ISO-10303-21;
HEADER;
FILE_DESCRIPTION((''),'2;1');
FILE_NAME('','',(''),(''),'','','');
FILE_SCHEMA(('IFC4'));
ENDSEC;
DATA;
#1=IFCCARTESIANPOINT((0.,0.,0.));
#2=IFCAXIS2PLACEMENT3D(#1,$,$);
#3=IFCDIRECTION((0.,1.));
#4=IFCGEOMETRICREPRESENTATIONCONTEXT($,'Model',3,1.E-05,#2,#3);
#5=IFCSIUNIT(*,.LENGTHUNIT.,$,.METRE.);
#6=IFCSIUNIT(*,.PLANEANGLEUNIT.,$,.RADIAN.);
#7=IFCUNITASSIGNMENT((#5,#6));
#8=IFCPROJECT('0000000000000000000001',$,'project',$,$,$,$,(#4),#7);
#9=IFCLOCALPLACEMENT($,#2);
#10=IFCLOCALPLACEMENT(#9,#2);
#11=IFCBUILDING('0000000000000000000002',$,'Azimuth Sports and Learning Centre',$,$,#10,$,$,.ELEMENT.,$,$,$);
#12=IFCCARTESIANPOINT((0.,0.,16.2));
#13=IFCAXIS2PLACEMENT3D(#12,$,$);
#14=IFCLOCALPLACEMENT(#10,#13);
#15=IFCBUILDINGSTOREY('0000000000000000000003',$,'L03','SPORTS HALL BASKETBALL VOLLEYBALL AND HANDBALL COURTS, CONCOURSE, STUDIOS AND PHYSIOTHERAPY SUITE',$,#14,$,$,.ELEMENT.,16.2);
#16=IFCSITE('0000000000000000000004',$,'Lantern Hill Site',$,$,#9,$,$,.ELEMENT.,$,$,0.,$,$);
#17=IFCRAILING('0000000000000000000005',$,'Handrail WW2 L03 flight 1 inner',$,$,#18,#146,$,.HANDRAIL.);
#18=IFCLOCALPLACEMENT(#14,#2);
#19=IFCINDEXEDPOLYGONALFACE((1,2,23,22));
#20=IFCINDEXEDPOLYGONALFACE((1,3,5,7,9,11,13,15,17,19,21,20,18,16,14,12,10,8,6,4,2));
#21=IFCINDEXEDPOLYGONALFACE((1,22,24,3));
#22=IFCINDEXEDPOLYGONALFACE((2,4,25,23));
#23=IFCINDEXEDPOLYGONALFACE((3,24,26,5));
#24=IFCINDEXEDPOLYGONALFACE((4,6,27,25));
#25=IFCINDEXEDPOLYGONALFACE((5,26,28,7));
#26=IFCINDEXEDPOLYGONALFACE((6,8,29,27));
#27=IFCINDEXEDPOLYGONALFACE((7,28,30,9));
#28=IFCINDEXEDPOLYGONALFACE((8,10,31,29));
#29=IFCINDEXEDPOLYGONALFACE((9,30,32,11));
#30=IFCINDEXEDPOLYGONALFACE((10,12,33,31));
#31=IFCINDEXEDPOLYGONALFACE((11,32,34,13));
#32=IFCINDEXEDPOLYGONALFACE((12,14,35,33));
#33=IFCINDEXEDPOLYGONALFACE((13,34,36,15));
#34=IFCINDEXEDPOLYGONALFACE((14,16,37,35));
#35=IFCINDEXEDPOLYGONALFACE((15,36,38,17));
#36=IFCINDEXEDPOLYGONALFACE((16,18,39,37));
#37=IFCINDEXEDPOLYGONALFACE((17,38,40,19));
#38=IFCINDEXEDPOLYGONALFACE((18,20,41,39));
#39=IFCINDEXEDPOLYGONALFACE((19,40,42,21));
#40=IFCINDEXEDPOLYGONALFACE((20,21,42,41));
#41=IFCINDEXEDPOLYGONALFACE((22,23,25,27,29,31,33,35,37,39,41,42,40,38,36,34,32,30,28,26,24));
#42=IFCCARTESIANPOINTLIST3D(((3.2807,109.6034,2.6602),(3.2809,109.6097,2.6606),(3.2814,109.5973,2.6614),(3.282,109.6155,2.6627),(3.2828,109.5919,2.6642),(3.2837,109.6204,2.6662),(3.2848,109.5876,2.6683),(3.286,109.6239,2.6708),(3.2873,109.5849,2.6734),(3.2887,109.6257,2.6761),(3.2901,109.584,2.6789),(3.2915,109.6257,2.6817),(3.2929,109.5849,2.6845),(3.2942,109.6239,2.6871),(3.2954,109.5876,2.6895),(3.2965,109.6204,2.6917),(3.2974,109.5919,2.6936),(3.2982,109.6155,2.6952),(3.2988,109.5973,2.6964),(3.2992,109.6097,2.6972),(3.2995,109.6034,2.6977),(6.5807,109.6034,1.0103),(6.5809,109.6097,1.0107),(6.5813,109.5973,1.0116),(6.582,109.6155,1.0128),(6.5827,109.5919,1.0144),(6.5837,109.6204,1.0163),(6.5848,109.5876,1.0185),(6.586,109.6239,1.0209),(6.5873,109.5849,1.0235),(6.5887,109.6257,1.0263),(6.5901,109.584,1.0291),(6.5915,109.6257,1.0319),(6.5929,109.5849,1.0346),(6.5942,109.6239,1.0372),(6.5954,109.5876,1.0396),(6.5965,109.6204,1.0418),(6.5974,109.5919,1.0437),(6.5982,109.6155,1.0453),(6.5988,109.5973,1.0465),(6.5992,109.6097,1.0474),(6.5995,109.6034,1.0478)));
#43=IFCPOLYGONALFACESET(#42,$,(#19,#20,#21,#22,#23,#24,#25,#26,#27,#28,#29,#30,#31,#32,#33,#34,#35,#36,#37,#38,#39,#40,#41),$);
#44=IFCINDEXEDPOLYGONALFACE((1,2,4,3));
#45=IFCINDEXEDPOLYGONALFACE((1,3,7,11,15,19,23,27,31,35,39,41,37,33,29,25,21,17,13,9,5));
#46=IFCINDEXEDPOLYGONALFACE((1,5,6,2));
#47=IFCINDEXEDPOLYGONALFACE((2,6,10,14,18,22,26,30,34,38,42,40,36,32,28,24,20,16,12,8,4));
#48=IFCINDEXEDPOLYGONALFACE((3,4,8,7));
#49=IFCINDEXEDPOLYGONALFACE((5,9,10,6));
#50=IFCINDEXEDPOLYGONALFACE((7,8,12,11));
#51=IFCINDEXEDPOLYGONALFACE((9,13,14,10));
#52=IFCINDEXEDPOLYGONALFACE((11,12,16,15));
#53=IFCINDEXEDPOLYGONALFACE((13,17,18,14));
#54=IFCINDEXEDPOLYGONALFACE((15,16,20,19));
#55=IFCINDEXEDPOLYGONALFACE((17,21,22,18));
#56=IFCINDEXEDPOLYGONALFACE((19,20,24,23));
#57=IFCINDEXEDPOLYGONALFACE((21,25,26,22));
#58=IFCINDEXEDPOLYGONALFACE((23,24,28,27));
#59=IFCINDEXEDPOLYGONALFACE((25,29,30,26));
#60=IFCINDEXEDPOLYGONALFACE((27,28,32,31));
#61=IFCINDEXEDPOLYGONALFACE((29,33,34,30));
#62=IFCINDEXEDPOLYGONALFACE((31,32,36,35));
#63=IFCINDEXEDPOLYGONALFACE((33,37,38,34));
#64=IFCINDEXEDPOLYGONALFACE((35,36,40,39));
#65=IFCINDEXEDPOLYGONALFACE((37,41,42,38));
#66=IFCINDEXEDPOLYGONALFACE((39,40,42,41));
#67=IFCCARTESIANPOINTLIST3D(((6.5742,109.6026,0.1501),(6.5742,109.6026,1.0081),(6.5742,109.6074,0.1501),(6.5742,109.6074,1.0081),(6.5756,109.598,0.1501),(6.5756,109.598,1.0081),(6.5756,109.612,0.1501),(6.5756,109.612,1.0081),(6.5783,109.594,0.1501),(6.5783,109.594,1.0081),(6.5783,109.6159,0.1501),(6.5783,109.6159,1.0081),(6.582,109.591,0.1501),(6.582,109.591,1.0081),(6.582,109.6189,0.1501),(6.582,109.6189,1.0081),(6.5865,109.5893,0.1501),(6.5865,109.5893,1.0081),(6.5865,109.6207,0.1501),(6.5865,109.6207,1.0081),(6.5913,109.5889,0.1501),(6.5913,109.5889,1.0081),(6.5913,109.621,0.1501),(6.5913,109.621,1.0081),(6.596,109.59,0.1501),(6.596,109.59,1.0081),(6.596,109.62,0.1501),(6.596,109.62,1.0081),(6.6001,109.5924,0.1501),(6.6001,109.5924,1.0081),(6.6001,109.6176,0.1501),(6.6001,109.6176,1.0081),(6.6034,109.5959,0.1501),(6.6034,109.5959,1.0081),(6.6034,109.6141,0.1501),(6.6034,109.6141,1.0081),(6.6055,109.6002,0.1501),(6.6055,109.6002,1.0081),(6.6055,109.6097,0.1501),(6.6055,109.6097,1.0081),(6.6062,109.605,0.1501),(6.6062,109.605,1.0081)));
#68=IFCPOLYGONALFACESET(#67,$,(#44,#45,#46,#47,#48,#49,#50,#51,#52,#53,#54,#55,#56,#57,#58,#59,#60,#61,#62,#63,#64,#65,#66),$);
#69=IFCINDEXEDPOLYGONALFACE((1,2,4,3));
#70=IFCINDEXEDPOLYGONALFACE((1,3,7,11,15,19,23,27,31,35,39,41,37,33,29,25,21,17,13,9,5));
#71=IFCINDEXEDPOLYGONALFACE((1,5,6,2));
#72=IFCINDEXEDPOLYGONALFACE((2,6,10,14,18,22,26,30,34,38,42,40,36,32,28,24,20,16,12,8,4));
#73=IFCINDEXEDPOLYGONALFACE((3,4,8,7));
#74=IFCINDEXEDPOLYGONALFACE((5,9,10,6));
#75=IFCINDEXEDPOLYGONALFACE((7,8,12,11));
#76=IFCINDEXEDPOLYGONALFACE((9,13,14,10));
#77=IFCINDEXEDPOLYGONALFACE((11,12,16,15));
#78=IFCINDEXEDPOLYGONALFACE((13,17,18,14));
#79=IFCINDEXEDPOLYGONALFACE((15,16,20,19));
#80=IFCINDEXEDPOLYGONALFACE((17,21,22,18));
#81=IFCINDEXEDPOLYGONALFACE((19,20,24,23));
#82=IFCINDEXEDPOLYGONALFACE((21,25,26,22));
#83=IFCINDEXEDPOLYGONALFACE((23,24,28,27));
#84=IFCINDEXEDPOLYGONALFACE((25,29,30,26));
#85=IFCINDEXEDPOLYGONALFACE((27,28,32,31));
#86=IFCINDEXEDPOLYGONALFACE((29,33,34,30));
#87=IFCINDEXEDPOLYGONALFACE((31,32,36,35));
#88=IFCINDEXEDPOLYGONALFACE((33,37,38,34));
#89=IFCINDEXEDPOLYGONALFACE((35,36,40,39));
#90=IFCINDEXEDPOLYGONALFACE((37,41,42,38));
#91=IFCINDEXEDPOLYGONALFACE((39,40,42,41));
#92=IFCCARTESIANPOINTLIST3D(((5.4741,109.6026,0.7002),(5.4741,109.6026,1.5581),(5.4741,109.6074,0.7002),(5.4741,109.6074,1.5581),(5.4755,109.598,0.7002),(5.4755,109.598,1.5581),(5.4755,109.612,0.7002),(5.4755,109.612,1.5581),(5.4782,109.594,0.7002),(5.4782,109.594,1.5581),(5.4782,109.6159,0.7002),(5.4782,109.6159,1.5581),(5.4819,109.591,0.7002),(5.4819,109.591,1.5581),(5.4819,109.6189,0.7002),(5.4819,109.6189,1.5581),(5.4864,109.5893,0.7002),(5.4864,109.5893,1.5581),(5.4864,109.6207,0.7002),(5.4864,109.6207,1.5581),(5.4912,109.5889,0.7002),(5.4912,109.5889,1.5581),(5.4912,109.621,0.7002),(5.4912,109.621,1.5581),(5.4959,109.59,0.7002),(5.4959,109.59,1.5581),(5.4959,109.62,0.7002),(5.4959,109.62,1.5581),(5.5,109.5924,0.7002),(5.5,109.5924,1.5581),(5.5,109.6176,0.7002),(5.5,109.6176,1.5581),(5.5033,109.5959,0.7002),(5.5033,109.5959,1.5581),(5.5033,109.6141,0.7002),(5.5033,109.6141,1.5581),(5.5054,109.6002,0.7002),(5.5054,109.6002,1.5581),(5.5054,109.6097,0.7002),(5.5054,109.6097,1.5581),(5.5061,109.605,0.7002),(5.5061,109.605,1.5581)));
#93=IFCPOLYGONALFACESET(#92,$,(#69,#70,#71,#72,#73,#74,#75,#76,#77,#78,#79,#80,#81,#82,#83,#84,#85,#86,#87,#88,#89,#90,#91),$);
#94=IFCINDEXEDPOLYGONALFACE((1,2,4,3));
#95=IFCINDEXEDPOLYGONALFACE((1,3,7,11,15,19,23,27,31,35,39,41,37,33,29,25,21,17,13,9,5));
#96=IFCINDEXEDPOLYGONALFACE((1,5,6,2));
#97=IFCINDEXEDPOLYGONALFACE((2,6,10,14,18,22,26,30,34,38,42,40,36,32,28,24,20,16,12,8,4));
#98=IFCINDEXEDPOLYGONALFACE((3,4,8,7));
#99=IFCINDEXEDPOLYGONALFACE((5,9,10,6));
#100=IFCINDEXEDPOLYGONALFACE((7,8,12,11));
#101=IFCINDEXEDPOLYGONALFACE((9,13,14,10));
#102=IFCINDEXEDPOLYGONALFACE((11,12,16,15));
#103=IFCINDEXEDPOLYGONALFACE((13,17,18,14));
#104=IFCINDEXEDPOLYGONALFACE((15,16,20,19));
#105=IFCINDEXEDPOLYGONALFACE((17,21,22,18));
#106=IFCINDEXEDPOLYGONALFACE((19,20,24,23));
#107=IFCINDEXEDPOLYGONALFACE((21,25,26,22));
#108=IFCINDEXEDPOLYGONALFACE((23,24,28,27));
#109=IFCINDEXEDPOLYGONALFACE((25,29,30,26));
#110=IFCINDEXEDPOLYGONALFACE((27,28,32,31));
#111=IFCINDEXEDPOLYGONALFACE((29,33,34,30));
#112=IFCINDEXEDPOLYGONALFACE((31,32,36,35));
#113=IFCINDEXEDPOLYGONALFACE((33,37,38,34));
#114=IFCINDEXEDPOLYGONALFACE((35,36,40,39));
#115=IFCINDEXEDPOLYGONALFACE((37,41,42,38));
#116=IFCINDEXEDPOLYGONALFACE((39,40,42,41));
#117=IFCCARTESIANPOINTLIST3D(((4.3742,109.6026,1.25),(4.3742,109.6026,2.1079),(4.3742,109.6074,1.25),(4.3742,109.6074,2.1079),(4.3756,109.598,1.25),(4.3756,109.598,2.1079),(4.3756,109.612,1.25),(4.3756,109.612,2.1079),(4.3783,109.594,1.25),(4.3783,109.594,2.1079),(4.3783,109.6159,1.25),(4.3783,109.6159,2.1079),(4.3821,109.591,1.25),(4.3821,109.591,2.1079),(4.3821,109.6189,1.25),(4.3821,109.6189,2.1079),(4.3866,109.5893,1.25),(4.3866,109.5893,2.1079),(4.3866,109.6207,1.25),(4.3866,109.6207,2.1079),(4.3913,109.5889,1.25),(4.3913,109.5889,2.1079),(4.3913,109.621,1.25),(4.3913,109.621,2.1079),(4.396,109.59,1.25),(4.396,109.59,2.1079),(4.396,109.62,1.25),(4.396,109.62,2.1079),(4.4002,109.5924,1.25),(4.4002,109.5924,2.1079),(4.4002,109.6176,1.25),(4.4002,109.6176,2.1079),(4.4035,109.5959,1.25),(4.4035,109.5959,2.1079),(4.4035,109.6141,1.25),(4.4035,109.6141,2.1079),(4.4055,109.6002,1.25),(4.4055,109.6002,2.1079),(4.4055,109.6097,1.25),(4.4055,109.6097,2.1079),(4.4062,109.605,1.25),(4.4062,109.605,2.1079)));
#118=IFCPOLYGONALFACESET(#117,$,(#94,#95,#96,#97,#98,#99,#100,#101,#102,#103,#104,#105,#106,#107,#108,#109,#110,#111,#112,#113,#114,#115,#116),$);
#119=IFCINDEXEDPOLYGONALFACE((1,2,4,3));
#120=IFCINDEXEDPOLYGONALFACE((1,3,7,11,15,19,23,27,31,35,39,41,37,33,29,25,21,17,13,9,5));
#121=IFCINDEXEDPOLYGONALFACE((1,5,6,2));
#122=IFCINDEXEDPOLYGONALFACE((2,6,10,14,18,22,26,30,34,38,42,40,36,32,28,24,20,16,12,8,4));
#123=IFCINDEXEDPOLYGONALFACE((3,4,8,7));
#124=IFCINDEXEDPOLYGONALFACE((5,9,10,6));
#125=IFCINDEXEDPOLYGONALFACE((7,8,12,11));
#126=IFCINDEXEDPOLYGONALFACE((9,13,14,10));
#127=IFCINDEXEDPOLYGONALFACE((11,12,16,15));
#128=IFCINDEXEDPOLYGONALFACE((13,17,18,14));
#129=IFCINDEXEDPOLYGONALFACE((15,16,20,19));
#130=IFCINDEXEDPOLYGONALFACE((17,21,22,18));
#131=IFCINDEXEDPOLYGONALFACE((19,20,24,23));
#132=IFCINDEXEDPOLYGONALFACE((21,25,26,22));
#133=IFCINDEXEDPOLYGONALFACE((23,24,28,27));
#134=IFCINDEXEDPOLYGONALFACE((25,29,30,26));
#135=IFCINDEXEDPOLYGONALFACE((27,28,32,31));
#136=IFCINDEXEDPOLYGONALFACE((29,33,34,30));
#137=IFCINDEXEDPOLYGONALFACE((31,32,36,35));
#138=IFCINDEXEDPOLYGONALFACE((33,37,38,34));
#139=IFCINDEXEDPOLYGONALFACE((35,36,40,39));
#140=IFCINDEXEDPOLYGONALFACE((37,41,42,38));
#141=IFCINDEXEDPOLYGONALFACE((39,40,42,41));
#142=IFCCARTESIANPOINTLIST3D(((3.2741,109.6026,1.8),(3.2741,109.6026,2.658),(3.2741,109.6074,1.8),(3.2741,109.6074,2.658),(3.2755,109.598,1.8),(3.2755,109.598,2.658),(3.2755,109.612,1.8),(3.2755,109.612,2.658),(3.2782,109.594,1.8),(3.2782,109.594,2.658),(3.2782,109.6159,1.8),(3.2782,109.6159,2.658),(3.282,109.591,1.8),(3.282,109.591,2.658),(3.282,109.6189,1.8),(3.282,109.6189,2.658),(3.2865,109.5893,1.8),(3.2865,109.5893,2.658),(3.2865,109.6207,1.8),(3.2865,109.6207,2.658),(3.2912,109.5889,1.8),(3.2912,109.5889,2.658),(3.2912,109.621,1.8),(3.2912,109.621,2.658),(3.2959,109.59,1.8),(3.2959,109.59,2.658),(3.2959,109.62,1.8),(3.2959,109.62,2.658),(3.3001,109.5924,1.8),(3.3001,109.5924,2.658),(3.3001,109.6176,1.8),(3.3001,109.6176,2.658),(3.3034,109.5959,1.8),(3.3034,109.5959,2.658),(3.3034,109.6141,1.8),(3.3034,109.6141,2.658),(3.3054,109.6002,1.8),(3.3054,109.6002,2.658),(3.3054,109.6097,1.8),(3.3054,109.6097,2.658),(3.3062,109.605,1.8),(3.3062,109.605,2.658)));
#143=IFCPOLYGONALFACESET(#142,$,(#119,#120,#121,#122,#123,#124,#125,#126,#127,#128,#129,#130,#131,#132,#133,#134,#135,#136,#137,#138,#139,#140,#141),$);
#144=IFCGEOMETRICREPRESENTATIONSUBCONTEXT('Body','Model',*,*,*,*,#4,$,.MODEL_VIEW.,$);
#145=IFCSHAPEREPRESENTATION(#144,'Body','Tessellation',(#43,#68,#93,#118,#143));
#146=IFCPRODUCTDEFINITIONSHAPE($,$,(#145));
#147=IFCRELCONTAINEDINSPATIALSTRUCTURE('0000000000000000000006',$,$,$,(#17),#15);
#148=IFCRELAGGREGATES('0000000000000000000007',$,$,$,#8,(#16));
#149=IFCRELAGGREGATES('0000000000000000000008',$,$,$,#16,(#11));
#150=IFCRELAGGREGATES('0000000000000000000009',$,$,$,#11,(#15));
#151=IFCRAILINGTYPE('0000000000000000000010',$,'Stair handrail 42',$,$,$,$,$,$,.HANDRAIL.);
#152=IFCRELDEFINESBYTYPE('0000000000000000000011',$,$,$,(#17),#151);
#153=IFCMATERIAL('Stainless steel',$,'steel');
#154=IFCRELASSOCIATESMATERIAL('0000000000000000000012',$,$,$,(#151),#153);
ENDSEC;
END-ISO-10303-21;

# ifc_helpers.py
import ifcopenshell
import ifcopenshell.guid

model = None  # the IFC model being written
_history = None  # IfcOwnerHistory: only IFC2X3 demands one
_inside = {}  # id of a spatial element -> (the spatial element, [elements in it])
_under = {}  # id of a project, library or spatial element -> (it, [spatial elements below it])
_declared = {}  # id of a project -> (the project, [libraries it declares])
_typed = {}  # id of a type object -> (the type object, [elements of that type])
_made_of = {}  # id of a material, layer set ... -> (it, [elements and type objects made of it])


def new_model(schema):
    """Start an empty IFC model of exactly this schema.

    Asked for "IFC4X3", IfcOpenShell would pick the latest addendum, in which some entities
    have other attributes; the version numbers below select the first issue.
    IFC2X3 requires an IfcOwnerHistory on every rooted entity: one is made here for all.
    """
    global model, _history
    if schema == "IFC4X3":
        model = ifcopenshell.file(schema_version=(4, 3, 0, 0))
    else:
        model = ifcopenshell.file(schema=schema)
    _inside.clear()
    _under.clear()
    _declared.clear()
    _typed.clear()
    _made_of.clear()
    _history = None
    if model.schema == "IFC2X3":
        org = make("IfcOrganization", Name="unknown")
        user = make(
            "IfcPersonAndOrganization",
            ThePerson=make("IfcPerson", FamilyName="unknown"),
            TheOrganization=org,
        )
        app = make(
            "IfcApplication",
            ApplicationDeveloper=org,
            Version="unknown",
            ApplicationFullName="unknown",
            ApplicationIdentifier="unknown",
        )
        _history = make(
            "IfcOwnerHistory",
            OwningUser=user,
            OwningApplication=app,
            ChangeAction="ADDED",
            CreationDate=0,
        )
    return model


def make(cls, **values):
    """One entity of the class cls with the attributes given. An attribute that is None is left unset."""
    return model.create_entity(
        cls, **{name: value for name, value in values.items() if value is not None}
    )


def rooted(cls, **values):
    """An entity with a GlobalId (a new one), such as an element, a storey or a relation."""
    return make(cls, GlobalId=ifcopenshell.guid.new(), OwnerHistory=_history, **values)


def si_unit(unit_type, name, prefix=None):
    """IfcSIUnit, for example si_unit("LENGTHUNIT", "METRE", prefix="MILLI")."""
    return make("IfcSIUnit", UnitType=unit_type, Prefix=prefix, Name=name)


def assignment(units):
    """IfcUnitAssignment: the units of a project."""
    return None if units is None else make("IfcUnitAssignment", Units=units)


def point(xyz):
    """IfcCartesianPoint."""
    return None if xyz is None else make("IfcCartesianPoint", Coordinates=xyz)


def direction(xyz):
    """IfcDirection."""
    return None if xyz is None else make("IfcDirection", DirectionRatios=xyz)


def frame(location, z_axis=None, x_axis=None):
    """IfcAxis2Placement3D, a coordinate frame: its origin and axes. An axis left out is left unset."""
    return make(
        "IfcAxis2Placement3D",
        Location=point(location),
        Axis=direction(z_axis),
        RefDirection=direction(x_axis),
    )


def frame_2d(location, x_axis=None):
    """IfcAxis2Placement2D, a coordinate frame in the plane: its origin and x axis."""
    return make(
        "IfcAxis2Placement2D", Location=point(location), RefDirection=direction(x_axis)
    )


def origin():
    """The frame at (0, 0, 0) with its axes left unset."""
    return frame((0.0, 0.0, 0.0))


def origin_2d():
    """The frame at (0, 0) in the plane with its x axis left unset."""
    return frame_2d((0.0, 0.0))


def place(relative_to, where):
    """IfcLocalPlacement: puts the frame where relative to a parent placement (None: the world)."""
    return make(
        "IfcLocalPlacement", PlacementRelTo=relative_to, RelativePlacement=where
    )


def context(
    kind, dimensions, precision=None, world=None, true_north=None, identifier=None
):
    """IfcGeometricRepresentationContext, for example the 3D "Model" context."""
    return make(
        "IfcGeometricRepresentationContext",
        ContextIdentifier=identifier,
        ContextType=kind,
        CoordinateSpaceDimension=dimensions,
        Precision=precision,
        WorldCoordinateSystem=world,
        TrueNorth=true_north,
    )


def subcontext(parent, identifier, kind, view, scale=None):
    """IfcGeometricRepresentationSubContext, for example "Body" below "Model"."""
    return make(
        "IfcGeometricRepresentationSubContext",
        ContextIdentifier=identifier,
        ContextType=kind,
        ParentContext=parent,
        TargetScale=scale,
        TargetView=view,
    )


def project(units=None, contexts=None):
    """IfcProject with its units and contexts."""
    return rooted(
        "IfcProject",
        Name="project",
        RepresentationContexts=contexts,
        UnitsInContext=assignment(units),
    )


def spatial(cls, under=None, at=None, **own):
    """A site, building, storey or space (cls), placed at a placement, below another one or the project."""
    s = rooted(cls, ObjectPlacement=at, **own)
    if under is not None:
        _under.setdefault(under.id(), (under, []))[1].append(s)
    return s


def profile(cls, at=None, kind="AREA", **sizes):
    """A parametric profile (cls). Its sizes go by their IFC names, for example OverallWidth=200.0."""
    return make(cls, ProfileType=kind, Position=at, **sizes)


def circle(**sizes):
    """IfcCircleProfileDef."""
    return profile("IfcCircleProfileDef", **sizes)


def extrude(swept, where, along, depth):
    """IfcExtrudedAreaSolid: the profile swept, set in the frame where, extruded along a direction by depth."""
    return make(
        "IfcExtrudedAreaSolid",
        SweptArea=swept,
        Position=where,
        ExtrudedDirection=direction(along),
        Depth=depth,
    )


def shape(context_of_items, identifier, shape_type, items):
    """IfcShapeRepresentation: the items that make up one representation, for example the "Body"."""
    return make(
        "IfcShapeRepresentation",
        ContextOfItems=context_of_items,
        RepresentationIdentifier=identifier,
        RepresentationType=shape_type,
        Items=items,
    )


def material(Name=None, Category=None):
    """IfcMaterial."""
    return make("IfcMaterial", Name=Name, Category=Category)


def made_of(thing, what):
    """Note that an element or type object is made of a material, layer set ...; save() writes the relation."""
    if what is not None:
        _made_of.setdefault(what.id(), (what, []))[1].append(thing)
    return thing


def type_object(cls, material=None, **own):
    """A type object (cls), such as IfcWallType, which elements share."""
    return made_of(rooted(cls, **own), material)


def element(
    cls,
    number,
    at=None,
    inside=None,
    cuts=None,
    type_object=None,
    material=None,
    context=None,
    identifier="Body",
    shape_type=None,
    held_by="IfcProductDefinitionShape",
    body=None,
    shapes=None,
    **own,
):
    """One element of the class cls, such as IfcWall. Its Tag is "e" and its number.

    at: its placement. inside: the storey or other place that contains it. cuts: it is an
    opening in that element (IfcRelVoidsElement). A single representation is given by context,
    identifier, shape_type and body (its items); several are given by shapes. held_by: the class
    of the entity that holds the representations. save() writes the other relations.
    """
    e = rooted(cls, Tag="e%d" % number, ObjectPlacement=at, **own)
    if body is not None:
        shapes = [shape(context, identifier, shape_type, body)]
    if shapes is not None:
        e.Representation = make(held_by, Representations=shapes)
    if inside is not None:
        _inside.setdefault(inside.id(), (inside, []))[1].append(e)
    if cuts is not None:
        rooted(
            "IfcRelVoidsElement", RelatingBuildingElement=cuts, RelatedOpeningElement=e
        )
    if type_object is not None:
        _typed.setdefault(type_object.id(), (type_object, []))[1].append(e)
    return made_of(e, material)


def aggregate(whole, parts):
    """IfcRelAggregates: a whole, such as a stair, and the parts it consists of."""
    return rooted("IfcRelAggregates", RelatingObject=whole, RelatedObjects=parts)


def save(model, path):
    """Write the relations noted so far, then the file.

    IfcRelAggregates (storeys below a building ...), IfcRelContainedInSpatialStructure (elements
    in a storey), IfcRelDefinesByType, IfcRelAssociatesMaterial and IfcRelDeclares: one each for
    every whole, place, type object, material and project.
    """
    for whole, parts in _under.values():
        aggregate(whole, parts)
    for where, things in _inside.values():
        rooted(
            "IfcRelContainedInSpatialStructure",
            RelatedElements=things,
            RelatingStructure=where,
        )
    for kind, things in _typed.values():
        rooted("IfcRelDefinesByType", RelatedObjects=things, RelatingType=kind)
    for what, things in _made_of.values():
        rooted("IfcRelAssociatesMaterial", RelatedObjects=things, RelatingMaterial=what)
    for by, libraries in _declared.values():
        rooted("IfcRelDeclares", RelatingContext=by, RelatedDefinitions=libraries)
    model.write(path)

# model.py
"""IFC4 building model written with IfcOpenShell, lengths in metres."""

from ifc_helpers import new_model, si_unit, direction, frame, origin, origin_2d, place, context, subcontext, project, spatial, circle, extrude, material, type_object, element, save


model = new_model("IFC4")

# Units and contexts
model_context = context("Model", 3, precision=1e-05, world=origin(), true_north=direction((0.0, 1.0)))
body_context = subcontext(model_context, "Body", "Model", "MODEL_VIEW")
ifc_project = project(units=[si_unit("LENGTHUNIT", "METRE"), si_unit("PLANEANGLEUNIT", "RADIAN")], contexts=[model_context])

# Site, building, storey
site_placement = place(None, origin())
site = spatial("IfcSite", under=ifc_project, at=site_placement, Name="Lantern Hill Site", CompositionType="ELEMENT", RefElevation=0.0)
building_placement = place(site_placement, origin())
building = spatial("IfcBuilding", under=site, at=building_placement, Name="Azimuth Sports and Learning Centre", CompositionType="ELEMENT")
storey_placement = place(building_placement, frame((0.0, 0.0, 16.2)))
storey = spatial("IfcBuildingStorey", under=building, at=storey_placement, Name="L03", Description="SPORTS HALL BASKETBALL VOLLEYBALL AND HANDBALL COURTS, CONCOURSE, STUDIOS AND PHYSIOTHERAPY SUITE", CompositionType="ELEMENT", Elevation=16.2)

# Railing
ifc_material_1 = material(Name="Stainless steel", Category="steel")
railing_type_1 = type_object("IfcRailingType", Name="Stair handrail 42", PredefinedType="HANDRAIL", material=ifc_material_1)
for number, where, name in (
    (1, (6.5901, 109.605, 0.1501), "Handrail WW2 L03 flight 1 inner"),
):
    element("IfcRailing", number, at=place(storey_placement, frame(where)), inside=storey, type_object=railing_type_1, Name=name, PredefinedType="HANDRAIL", context=body_context, shape_type="SweptSolid", body=[
        extrude(circle(Radius=0.021, at=origin_2d()), frame((0.0, 0.0, 0.8789), z_axis=(-0.89444, 0.0, 0.447187), x_axis=(0.0, -1.0, 0.0)), (0.0, 0.0, 1.0), 3.6895),
        extrude(circle(Radius=0.0161, at=origin_2d()), origin(), (0.0, 0.0, 1.0), 0.8579),
        extrude(circle(Radius=0.0161, at=origin_2d()), frame((-1.1001, 0.0, 0.55)), (0.0, 0.0, 1.0), 0.8579),
        extrude(circle(Radius=0.0161, at=origin_2d()), frame((-2.2, 0.0, 1.0999)), (0.0, 0.0, 1.0), 0.8579),
        extrude(circle(Radius=0.0161, at=origin_2d()), frame((-3.3, 0.0, 1.6499)), (0.0, 0.0, 1.0), 0.8579),
    ])

save(model, "model.ifc")
